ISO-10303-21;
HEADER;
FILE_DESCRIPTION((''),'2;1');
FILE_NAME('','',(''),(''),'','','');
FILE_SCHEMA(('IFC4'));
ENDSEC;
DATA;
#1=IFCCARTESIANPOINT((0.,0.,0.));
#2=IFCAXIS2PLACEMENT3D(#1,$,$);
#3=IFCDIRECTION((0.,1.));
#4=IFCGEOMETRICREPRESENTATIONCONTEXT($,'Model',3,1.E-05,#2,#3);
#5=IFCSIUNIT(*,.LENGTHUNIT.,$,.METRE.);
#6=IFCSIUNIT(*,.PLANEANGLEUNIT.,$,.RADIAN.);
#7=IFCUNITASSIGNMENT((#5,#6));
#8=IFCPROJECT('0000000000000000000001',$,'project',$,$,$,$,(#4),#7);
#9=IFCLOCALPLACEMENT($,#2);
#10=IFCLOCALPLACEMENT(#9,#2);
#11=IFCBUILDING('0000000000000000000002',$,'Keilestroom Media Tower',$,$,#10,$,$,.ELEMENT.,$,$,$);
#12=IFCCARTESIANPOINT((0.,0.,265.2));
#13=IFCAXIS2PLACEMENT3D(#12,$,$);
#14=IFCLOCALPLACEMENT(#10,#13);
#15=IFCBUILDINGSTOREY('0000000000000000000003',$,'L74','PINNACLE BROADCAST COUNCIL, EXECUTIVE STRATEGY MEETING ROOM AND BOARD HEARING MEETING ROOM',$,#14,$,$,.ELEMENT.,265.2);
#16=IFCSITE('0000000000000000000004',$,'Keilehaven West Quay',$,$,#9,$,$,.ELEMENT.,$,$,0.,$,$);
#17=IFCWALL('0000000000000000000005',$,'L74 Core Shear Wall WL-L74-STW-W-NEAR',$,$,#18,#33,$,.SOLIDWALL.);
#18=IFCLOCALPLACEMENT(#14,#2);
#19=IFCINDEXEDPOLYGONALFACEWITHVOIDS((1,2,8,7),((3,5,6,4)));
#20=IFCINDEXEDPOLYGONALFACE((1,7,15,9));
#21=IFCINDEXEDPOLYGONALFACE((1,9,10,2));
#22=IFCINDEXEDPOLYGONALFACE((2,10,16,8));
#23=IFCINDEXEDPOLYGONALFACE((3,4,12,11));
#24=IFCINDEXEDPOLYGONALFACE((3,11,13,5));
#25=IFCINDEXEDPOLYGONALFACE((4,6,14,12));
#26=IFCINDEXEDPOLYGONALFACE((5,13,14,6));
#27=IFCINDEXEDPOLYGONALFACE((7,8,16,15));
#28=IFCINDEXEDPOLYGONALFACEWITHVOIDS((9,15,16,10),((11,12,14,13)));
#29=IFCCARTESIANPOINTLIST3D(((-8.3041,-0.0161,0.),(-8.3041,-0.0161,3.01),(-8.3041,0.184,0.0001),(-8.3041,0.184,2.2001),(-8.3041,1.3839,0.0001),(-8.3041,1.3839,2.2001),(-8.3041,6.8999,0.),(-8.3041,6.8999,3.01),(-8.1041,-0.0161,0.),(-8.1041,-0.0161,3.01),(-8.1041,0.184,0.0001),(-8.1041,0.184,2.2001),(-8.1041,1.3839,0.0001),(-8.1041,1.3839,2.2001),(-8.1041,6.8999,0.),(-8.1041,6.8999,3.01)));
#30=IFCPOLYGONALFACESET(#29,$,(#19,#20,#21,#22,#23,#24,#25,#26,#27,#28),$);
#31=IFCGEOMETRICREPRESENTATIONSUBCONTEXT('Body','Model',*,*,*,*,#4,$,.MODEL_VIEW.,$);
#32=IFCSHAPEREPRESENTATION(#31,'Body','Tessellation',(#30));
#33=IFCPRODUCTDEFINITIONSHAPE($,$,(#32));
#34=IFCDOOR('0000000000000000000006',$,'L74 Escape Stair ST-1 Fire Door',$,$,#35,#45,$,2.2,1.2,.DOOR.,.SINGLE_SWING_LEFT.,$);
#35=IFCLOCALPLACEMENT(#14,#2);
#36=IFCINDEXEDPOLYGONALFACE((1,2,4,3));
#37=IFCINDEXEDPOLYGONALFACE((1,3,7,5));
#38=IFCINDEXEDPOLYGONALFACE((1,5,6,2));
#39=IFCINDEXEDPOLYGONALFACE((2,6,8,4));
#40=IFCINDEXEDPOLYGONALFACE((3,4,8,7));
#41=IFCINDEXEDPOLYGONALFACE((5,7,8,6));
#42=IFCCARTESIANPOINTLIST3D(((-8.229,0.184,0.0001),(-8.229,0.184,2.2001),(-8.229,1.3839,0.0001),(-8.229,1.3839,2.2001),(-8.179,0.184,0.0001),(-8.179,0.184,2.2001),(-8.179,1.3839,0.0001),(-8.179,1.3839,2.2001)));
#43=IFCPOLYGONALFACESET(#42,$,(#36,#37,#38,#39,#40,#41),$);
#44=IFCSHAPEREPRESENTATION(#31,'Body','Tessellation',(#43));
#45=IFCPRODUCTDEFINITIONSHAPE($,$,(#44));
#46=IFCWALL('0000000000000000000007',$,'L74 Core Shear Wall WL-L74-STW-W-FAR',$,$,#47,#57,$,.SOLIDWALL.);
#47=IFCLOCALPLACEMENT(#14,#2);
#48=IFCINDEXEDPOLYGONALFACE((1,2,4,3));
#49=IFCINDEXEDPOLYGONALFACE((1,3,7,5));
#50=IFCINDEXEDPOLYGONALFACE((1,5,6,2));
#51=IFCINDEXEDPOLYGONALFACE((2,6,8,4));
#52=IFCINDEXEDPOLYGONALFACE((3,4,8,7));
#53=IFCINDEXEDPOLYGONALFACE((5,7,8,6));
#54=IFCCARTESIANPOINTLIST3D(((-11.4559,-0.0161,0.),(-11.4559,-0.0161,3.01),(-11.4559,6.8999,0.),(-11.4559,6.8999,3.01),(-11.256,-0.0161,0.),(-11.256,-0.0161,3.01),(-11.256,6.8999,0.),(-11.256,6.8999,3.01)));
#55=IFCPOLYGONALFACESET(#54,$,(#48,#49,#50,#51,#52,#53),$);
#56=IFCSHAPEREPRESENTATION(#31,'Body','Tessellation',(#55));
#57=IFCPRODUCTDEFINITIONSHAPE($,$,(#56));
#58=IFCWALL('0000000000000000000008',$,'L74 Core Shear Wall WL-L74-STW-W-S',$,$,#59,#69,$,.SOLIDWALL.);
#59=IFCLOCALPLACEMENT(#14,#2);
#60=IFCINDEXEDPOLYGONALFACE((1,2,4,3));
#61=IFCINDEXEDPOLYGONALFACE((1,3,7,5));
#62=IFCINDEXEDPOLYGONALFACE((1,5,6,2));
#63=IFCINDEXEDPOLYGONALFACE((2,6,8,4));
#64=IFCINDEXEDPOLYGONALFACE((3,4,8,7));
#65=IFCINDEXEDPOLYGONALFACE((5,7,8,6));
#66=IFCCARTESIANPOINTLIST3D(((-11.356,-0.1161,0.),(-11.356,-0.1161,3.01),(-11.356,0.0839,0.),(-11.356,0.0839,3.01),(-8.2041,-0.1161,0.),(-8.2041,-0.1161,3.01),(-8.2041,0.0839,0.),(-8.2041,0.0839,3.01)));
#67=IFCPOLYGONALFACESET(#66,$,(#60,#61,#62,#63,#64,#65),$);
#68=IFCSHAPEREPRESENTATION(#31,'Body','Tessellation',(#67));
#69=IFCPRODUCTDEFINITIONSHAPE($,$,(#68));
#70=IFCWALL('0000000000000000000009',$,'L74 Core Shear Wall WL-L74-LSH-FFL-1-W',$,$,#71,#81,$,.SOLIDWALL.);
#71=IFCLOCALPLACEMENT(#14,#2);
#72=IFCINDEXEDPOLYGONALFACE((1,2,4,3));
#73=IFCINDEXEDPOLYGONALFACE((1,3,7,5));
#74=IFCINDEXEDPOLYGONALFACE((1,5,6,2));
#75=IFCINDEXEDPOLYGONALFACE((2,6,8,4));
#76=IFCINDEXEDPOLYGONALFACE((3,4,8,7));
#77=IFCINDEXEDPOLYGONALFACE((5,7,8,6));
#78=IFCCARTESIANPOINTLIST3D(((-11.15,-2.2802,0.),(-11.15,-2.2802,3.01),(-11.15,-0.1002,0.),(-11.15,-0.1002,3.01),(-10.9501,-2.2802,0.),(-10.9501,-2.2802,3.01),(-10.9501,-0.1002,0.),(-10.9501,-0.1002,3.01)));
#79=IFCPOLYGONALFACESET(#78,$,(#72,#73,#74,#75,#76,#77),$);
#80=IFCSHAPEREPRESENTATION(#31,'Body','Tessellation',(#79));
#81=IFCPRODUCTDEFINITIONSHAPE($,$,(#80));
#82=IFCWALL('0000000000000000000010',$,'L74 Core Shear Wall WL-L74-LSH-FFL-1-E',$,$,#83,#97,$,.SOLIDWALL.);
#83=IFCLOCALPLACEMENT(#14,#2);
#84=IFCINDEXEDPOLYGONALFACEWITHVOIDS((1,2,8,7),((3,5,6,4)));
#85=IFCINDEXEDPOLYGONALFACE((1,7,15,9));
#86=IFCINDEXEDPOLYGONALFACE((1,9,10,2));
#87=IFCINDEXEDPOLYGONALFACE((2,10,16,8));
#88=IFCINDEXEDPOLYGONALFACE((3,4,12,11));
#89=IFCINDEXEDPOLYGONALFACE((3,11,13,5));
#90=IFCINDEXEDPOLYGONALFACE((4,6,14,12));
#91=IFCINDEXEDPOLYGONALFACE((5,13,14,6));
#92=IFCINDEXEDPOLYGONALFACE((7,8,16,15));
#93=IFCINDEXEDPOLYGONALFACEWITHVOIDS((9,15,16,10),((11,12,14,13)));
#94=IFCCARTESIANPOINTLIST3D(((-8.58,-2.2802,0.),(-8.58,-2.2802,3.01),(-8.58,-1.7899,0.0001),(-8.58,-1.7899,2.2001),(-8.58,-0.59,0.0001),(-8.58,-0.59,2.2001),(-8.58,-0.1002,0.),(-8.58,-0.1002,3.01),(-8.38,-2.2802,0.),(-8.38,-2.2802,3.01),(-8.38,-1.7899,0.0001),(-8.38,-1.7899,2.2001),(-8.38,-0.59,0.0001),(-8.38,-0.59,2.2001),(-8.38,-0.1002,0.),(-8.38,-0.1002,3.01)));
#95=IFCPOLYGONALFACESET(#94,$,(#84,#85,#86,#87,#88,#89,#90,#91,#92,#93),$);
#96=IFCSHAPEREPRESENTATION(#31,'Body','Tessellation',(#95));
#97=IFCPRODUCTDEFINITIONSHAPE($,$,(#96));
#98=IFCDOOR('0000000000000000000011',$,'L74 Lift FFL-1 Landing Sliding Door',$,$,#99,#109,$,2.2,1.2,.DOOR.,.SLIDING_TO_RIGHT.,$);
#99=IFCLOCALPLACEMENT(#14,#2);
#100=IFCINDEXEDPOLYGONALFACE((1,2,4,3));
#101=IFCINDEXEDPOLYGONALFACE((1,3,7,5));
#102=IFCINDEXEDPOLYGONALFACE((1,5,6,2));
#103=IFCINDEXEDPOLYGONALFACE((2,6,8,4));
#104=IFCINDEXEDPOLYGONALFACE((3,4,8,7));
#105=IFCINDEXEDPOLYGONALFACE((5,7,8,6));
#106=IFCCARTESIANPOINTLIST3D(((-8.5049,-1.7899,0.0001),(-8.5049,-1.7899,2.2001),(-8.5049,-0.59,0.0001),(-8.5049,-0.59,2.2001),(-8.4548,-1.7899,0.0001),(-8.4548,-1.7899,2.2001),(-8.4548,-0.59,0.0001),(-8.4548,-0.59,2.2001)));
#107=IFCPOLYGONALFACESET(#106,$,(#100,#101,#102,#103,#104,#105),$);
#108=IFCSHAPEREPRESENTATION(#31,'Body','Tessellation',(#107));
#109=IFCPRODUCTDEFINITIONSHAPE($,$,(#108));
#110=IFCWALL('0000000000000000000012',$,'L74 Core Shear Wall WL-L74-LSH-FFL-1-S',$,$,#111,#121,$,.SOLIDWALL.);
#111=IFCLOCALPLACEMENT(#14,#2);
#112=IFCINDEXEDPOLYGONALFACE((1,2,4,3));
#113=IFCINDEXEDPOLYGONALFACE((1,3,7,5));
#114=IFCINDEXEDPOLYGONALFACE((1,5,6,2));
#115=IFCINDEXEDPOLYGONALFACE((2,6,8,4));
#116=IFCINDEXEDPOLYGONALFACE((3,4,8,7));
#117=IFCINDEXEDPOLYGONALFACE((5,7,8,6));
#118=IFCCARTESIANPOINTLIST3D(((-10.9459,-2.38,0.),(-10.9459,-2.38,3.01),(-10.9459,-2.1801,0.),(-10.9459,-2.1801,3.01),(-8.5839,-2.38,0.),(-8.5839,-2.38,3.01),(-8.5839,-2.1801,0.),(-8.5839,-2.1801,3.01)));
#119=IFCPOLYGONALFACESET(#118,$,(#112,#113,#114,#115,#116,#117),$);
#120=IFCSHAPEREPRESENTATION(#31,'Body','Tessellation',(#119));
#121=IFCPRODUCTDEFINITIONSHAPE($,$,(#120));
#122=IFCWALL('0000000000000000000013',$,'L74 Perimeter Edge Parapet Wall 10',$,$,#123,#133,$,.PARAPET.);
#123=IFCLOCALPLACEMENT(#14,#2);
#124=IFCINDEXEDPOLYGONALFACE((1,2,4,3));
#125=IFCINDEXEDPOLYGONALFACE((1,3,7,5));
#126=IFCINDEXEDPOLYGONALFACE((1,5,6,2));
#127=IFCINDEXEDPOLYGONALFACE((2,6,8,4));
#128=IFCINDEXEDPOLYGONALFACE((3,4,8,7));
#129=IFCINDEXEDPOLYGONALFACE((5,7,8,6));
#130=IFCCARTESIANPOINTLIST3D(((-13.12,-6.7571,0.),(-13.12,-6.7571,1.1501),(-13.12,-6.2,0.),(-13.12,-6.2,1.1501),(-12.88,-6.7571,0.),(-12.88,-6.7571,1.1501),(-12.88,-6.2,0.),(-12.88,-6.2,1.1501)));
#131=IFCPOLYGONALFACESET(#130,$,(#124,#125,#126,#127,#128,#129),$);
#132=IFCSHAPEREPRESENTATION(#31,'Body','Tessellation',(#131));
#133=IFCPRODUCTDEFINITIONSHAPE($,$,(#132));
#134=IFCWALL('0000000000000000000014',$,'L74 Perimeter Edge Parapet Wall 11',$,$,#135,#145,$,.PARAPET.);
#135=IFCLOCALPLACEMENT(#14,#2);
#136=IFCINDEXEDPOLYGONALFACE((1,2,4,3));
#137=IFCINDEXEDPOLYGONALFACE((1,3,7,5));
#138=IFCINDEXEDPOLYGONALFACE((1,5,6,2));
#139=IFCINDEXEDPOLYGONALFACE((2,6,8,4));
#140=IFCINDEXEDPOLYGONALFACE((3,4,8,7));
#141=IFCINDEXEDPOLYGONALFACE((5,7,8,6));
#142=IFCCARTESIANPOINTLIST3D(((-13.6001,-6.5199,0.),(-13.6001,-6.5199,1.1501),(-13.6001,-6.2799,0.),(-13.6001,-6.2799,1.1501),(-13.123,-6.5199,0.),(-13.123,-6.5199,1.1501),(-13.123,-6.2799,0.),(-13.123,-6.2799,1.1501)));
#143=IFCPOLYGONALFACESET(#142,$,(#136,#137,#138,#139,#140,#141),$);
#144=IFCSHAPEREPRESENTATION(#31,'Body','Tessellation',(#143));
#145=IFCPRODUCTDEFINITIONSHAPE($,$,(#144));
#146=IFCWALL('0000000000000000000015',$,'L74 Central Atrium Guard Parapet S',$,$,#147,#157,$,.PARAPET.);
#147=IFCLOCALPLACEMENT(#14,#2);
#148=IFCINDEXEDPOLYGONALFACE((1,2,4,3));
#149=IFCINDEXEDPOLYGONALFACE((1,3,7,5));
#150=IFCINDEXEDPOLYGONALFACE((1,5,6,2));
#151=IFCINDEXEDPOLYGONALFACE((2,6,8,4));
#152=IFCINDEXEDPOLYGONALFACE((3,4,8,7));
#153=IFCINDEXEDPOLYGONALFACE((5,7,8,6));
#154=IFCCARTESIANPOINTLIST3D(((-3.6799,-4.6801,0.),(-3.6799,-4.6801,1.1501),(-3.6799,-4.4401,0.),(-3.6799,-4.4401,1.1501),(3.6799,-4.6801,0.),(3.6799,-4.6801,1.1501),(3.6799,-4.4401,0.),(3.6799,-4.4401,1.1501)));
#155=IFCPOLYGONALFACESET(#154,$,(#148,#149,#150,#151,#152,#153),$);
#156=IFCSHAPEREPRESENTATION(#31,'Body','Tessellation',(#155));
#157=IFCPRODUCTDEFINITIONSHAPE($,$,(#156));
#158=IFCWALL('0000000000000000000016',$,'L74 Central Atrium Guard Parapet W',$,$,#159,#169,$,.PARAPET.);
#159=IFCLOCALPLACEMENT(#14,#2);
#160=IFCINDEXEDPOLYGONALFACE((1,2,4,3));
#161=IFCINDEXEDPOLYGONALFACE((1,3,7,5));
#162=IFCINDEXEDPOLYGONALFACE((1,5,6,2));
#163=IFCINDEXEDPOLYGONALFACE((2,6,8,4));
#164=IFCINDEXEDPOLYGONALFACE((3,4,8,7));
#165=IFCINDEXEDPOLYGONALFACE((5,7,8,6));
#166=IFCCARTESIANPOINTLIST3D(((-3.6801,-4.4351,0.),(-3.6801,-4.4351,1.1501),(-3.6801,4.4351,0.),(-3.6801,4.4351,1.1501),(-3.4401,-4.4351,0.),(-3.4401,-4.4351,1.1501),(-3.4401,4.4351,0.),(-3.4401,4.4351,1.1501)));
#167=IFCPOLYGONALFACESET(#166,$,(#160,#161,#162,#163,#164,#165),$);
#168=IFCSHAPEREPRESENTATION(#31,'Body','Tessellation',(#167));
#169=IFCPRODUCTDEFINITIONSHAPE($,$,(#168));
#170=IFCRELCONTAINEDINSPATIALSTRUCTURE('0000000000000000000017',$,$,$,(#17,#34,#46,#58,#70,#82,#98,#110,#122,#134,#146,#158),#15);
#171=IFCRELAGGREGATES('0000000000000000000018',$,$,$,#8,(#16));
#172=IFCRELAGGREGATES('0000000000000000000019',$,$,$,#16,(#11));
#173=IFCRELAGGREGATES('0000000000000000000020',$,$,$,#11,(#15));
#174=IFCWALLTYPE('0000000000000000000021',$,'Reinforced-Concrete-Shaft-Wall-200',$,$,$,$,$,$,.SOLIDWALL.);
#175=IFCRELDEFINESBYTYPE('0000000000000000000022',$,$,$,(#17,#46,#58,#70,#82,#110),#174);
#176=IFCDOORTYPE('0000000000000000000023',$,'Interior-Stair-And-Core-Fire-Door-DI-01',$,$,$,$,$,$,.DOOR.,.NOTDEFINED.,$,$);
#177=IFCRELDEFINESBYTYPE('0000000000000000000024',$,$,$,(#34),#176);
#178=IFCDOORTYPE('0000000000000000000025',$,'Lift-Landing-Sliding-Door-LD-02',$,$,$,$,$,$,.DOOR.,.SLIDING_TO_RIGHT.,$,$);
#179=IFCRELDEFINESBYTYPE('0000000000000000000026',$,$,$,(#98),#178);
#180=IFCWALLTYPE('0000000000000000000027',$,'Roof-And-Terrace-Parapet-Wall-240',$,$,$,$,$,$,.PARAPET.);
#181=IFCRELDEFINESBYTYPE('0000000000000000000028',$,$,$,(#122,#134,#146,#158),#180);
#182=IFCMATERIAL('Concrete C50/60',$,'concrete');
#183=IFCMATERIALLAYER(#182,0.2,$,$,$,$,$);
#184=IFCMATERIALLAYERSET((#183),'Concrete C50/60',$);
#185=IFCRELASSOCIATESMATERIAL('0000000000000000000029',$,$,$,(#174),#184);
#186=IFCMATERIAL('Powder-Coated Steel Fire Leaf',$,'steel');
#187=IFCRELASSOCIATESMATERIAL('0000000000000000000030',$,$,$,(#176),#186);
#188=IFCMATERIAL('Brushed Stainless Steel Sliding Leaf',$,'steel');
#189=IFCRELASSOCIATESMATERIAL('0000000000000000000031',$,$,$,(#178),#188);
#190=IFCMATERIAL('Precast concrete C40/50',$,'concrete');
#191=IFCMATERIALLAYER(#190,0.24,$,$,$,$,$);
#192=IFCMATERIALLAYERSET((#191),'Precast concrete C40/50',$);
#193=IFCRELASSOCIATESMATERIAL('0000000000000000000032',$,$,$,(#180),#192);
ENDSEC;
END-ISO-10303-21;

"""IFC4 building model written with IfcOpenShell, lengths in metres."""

from ifc_helpers import new_model, si_unit, direction, frame, frame_2d, origin, place, context, subcontext, project, spatial, rectangle, extrude, source, transform, mapped, material, layer, layer_set, type_object, element, fill, save


model = new_model("IFC4")

# Units and contexts
model_context = context("Model", 3, precision=1e-05, world=origin(), true_north=direction((0.0, 1.0)))
body_context = subcontext(model_context, "Body", "Model", "MODEL_VIEW")
ifc_project = project(units=[si_unit("LENGTHUNIT", "METRE"), si_unit("PLANEANGLEUNIT", "RADIAN")], contexts=[model_context])

# Site, building, storey
site_placement = place(None, origin())
site = spatial("IfcSite", under=ifc_project, at=site_placement, Name="Keilehaven West Quay", CompositionType="ELEMENT", RefElevation=0.0)
building_placement = place(site_placement, origin())
building = spatial("IfcBuilding", under=site, at=building_placement, Name="Keilestroom Media Tower", CompositionType="ELEMENT")
storey_placement = place(building_placement, frame((0.0, 0.0, 265.2)))
storey = spatial("IfcBuildingStorey", under=building, at=storey_placement, Name="L74", Description="PINNACLE BROADCAST COUNCIL, EXECUTIVE STRATEGY MEETING ROOM AND BOARD HEARING MEETING ROOM", CompositionType="ELEMENT", Elevation=265.2)

# Shared definitions
ifc_material_1 = material(Name="Concrete C50/60", Category="concrete")
ifc_material_2 = material(Name="Powder-Coated Steel Fire Leaf", Category="steel")
shared_shape_1 = source(origin(), body_context, "Body", "SweptSolid", [
    extrude(rectangle(XDim=1.2, YDim=2.2, at=frame_2d((0.6001, 1.1001))), frame((0.0, 0.0249, 0.0), z_axis=(0.0, -1.0, 0.0), x_axis=(1.0, 0.0, 0.0)), (0.0, 0.0, 1.0), 0.05),
])

# Shared definitions
ifc_layer_1 = layer(ifc_material_1, 0.2)
ifc_layer_set_1 = layer_set([ifc_layer_1], Name="Concrete C50/60")
wall_type_1 = type_object("IfcWallType", Name="Reinforced-Concrete-Shaft-Wall-200", PredefinedType="SOLIDWALL", material=ifc_layer_set_1)

# Wall, opening, door
wall_1_placement = place(storey_placement, frame((-8.2041, -0.0161, 0.0), z_axis=(0.0, 0.0, 1.0), x_axis=(0.0, 1.0, 0.0)))
wall_1 = element("IfcWall", 1, at=wall_1_placement, inside=storey, type_object=wall_type_1, Name="L74 Core Shear Wall WL-L74-STW-W-NEAR", PredefinedType="SOLIDWALL", context=body_context, shape_type="SweptSolid", body=[
    extrude(rectangle(XDim=6.916, YDim=0.2, at=frame_2d((3.458, 0.0))), origin(), (0.0, 0.0, 1.0), 3.01),
])
opening_1_placement = place(wall_1_placement, frame((0.2, 0.0, 0.0)))
opening_1 = element("IfcOpeningElement", 2, at=opening_1_placement, cuts=wall_1, PredefinedType="OPENING", context=body_context, shape_type="SweptSolid", body=[
    extrude(rectangle(XDim=1.2, YDim=2.2, at=frame_2d((0.6001, 1.1001))), frame((0.0, 0.1099, 0.0), z_axis=(0.0, -1.0, 0.0), x_axis=(1.0, 0.0, 0.0)), (0.0, 0.0, 1.0), 0.22),
])
door_type_1 = type_object("IfcDoorType", Name="Interior-Stair-And-Core-Fire-Door-DI-01", OperationType="NOTDEFINED", PredefinedType="DOOR", material=ifc_material_2)
door_1_placement = place(opening_1_placement, origin())
door_1 = element("IfcDoor", 3, at=door_1_placement, inside=storey, type_object=door_type_1, Name="L74 Escape Stair ST-1 Fire Door", OperationType="SINGLE_SWING_LEFT", OverallHeight=2.2, OverallWidth=1.2, PredefinedType="DOOR", context=body_context, shape_type="MappedRepresentation", body=[
    mapped(shared_shape_1, transform((0.0, 0.0, 0.0), x_axis=(1.0, 0.0, 0.0), y_axis=(0.0, 1.0, 0.0), z_axis=(0.0, 0.0, 1.0), scale=1.0)),
])
fill(opening_1, door_1)

# Walls
wall_2_placement = place(storey_placement, frame((-11.356, -0.0161, 0.0), z_axis=(0.0, 0.0, 1.0), x_axis=(0.0, 1.0, 0.0)))
element("IfcWall", 4, at=wall_2_placement, inside=storey, type_object=wall_type_1, Name="L74 Core Shear Wall WL-L74-STW-W-FAR", PredefinedType="SOLIDWALL", context=body_context, shape_type="SweptSolid", body=[
    extrude(rectangle(XDim=6.916, YDim=0.2, at=frame_2d((3.458, 0.0))), origin(), (0.0, 0.0, 1.0), 3.01),
])
wall_3_placement = place(storey_placement, frame((-11.356, -0.0161, 0.0), z_axis=(0.0, 0.0, 1.0), x_axis=(1.0, 0.0, 0.0)))
element("IfcWall", 5, at=wall_3_placement, inside=storey, type_object=wall_type_1, Name="L74 Core Shear Wall WL-L74-STW-W-S", PredefinedType="SOLIDWALL", context=body_context, shape_type="SweptSolid", body=[
    extrude(rectangle(XDim=3.1519, YDim=0.2, at=frame_2d((1.5759, 0.0))), origin(), (0.0, 0.0, 1.0), 3.01),
])
wall_4_placement = place(storey_placement, frame((-11.05, -2.28, 0.0), z_axis=(0.0, 0.0, 1.0), x_axis=(0.0, 1.0, 0.0)))
element("IfcWall", 6, at=wall_4_placement, inside=storey, type_object=wall_type_1, Name="L74 Core Shear Wall WL-L74-LSH-FFL-1-W", PredefinedType="SOLIDWALL", context=body_context, shape_type="SweptSolid", body=[
    extrude(rectangle(XDim=2.1799, YDim=0.2, at=frame_2d((1.0898, 0.0))), origin(), (0.0, 0.0, 1.0), 3.01),
])

# Wall, opening, door
wall_5_placement = place(storey_placement, frame((-8.48, -2.28, 0.0), z_axis=(0.0, 0.0, 1.0), x_axis=(0.0, 1.0, 0.0)))
wall_5 = element("IfcWall", 7, at=wall_5_placement, inside=storey, type_object=wall_type_1, Name="L74 Core Shear Wall WL-L74-LSH-FFL-1-E", PredefinedType="SOLIDWALL", context=body_context, shape_type="SweptSolid", body=[
    extrude(rectangle(XDim=2.1799, YDim=0.2, at=frame_2d((1.0898, 0.0))), origin(), (0.0, 0.0, 1.0), 3.01),
])
opening_2_placement = place(wall_5_placement, frame((0.49, 0.0, 0.0)))
opening_2 = element("IfcOpeningElement", 8, at=opening_2_placement, cuts=wall_5, PredefinedType="OPENING", context=body_context, shape_type="SweptSolid", body=[
    extrude(rectangle(XDim=1.2, YDim=2.2, at=frame_2d((0.6001, 1.1001))), frame((0.0, 0.1099, 0.0), z_axis=(0.0, -1.0, 0.0), x_axis=(1.0, 0.0, 0.0)), (0.0, 0.0, 1.0), 0.22),
])
ifc_material_3 = material(Name="Brushed Stainless Steel Sliding Leaf", Category="steel")
door_type_2 = type_object("IfcDoorType", Name="Lift-Landing-Sliding-Door-LD-02", OperationType="SLIDING_TO_RIGHT", PredefinedType="DOOR", material=ifc_material_3)
door_2_placement = place(opening_2_placement, origin())
door_2 = element("IfcDoor", 9, at=door_2_placement, inside=storey, type_object=door_type_2, Name="L74 Lift FFL-1 Landing Sliding Door", OperationType="SLIDING_TO_RIGHT", OverallHeight=2.2, OverallWidth=1.2, PredefinedType="DOOR", context=body_context, shape_type="MappedRepresentation", body=[
    mapped(shared_shape_1, transform((0.0, 0.0, 0.0), x_axis=(1.0, 0.0, 0.0), y_axis=(0.0, 1.0, 0.0), z_axis=(0.0, 0.0, 1.0), scale=1.0)),
])
fill(opening_2, door_2)

# Walls
wall_6_placement = place(storey_placement, frame((-10.946, -2.28, 0.0), z_axis=(0.0, 0.0, 1.0), x_axis=(1.0, 0.0, 0.0)))
element("IfcWall", 10, at=wall_6_placement, inside=storey, type_object=wall_type_1, Name="L74 Core Shear Wall WL-L74-LSH-FFL-1-S", PredefinedType="SOLIDWALL", context=body_context, shape_type="SweptSolid", body=[
    extrude(rectangle(XDim=2.3621, YDim=0.2, at=frame_2d((1.1812, 0.0))), origin(), (0.0, 0.0, 1.0), 3.01),
])
ifc_material_4 = material(Name="Precast concrete C40/50", Category="concrete")
ifc_layer_2 = layer(ifc_material_4, 0.24)
ifc_layer_set_2 = layer_set([ifc_layer_2], Name="Precast concrete C40/50")
wall_type_2 = type_object("IfcWallType", Name="Roof-And-Terrace-Parapet-Wall-240", PredefinedType="PARAPET", material=ifc_layer_set_2)
wall_7_placement = place(storey_placement, frame((-13.0, -6.7571, 0.0), z_axis=(0.0, 0.0, 1.0), x_axis=(0.0, 1.0, 0.0)))
element("IfcWall", 11, at=wall_7_placement, inside=storey, type_object=wall_type_2, Name="L74 Perimeter Edge Parapet Wall 10", PredefinedType="PARAPET", context=body_context, shape_type="SweptSolid", body=[
    extrude(rectangle(XDim=0.5571, YDim=0.24, at=frame_2d((0.2786, 0.0))), origin(), (0.0, 0.0, 1.0), 1.1501),
])
wall_8_placement = place(storey_placement, frame((-13.123, -6.3999, 0.0), z_axis=(0.0, 0.0, 1.0), x_axis=(-1.0, 0.0, 0.0)))
element("IfcWall", 12, at=wall_8_placement, inside=storey, type_object=wall_type_2, Name="L74 Perimeter Edge Parapet Wall 11", PredefinedType="PARAPET", context=body_context, shape_type="SweptSolid", body=[
    extrude(rectangle(XDim=0.4771, YDim=0.24, at=frame_2d((0.2385, 0.0))), origin(), (0.0, 0.0, 1.0), 1.1501),
])
wall_9_placement = place(storey_placement, frame((-3.6799, -4.5601, 0.0), z_axis=(0.0, 0.0, 1.0), x_axis=(1.0, 0.0, 0.0)))
element("IfcWall", 13, at=wall_9_placement, inside=storey, type_object=wall_type_2, Name="L74 Central Atrium Guard Parapet S", PredefinedType="PARAPET", context=body_context, shape_type="SweptSolid", body=[
    extrude(rectangle(XDim=7.3599, YDim=0.24, at=frame_2d((3.6799, 0.0))), origin(), (0.0, 0.0, 1.0), 1.1501),
])
wall_10_placement = place(storey_placement, frame((-3.5601, -4.4351, 0.0), z_axis=(0.0, 0.0, 1.0), x_axis=(0.0, 1.0, 0.0)))
element("IfcWall", 14, at=wall_10_placement, inside=storey, type_object=wall_type_2, Name="L74 Central Atrium Guard Parapet W", PredefinedType="PARAPET", context=body_context, shape_type="SweptSolid", body=[
    extrude(rectangle(XDim=8.8701, YDim=0.24, at=frame_2d((4.4351, 0.0))), origin(), (0.0, 0.0, 1.0), 1.1501),
])

save(model, "model.ifc")
